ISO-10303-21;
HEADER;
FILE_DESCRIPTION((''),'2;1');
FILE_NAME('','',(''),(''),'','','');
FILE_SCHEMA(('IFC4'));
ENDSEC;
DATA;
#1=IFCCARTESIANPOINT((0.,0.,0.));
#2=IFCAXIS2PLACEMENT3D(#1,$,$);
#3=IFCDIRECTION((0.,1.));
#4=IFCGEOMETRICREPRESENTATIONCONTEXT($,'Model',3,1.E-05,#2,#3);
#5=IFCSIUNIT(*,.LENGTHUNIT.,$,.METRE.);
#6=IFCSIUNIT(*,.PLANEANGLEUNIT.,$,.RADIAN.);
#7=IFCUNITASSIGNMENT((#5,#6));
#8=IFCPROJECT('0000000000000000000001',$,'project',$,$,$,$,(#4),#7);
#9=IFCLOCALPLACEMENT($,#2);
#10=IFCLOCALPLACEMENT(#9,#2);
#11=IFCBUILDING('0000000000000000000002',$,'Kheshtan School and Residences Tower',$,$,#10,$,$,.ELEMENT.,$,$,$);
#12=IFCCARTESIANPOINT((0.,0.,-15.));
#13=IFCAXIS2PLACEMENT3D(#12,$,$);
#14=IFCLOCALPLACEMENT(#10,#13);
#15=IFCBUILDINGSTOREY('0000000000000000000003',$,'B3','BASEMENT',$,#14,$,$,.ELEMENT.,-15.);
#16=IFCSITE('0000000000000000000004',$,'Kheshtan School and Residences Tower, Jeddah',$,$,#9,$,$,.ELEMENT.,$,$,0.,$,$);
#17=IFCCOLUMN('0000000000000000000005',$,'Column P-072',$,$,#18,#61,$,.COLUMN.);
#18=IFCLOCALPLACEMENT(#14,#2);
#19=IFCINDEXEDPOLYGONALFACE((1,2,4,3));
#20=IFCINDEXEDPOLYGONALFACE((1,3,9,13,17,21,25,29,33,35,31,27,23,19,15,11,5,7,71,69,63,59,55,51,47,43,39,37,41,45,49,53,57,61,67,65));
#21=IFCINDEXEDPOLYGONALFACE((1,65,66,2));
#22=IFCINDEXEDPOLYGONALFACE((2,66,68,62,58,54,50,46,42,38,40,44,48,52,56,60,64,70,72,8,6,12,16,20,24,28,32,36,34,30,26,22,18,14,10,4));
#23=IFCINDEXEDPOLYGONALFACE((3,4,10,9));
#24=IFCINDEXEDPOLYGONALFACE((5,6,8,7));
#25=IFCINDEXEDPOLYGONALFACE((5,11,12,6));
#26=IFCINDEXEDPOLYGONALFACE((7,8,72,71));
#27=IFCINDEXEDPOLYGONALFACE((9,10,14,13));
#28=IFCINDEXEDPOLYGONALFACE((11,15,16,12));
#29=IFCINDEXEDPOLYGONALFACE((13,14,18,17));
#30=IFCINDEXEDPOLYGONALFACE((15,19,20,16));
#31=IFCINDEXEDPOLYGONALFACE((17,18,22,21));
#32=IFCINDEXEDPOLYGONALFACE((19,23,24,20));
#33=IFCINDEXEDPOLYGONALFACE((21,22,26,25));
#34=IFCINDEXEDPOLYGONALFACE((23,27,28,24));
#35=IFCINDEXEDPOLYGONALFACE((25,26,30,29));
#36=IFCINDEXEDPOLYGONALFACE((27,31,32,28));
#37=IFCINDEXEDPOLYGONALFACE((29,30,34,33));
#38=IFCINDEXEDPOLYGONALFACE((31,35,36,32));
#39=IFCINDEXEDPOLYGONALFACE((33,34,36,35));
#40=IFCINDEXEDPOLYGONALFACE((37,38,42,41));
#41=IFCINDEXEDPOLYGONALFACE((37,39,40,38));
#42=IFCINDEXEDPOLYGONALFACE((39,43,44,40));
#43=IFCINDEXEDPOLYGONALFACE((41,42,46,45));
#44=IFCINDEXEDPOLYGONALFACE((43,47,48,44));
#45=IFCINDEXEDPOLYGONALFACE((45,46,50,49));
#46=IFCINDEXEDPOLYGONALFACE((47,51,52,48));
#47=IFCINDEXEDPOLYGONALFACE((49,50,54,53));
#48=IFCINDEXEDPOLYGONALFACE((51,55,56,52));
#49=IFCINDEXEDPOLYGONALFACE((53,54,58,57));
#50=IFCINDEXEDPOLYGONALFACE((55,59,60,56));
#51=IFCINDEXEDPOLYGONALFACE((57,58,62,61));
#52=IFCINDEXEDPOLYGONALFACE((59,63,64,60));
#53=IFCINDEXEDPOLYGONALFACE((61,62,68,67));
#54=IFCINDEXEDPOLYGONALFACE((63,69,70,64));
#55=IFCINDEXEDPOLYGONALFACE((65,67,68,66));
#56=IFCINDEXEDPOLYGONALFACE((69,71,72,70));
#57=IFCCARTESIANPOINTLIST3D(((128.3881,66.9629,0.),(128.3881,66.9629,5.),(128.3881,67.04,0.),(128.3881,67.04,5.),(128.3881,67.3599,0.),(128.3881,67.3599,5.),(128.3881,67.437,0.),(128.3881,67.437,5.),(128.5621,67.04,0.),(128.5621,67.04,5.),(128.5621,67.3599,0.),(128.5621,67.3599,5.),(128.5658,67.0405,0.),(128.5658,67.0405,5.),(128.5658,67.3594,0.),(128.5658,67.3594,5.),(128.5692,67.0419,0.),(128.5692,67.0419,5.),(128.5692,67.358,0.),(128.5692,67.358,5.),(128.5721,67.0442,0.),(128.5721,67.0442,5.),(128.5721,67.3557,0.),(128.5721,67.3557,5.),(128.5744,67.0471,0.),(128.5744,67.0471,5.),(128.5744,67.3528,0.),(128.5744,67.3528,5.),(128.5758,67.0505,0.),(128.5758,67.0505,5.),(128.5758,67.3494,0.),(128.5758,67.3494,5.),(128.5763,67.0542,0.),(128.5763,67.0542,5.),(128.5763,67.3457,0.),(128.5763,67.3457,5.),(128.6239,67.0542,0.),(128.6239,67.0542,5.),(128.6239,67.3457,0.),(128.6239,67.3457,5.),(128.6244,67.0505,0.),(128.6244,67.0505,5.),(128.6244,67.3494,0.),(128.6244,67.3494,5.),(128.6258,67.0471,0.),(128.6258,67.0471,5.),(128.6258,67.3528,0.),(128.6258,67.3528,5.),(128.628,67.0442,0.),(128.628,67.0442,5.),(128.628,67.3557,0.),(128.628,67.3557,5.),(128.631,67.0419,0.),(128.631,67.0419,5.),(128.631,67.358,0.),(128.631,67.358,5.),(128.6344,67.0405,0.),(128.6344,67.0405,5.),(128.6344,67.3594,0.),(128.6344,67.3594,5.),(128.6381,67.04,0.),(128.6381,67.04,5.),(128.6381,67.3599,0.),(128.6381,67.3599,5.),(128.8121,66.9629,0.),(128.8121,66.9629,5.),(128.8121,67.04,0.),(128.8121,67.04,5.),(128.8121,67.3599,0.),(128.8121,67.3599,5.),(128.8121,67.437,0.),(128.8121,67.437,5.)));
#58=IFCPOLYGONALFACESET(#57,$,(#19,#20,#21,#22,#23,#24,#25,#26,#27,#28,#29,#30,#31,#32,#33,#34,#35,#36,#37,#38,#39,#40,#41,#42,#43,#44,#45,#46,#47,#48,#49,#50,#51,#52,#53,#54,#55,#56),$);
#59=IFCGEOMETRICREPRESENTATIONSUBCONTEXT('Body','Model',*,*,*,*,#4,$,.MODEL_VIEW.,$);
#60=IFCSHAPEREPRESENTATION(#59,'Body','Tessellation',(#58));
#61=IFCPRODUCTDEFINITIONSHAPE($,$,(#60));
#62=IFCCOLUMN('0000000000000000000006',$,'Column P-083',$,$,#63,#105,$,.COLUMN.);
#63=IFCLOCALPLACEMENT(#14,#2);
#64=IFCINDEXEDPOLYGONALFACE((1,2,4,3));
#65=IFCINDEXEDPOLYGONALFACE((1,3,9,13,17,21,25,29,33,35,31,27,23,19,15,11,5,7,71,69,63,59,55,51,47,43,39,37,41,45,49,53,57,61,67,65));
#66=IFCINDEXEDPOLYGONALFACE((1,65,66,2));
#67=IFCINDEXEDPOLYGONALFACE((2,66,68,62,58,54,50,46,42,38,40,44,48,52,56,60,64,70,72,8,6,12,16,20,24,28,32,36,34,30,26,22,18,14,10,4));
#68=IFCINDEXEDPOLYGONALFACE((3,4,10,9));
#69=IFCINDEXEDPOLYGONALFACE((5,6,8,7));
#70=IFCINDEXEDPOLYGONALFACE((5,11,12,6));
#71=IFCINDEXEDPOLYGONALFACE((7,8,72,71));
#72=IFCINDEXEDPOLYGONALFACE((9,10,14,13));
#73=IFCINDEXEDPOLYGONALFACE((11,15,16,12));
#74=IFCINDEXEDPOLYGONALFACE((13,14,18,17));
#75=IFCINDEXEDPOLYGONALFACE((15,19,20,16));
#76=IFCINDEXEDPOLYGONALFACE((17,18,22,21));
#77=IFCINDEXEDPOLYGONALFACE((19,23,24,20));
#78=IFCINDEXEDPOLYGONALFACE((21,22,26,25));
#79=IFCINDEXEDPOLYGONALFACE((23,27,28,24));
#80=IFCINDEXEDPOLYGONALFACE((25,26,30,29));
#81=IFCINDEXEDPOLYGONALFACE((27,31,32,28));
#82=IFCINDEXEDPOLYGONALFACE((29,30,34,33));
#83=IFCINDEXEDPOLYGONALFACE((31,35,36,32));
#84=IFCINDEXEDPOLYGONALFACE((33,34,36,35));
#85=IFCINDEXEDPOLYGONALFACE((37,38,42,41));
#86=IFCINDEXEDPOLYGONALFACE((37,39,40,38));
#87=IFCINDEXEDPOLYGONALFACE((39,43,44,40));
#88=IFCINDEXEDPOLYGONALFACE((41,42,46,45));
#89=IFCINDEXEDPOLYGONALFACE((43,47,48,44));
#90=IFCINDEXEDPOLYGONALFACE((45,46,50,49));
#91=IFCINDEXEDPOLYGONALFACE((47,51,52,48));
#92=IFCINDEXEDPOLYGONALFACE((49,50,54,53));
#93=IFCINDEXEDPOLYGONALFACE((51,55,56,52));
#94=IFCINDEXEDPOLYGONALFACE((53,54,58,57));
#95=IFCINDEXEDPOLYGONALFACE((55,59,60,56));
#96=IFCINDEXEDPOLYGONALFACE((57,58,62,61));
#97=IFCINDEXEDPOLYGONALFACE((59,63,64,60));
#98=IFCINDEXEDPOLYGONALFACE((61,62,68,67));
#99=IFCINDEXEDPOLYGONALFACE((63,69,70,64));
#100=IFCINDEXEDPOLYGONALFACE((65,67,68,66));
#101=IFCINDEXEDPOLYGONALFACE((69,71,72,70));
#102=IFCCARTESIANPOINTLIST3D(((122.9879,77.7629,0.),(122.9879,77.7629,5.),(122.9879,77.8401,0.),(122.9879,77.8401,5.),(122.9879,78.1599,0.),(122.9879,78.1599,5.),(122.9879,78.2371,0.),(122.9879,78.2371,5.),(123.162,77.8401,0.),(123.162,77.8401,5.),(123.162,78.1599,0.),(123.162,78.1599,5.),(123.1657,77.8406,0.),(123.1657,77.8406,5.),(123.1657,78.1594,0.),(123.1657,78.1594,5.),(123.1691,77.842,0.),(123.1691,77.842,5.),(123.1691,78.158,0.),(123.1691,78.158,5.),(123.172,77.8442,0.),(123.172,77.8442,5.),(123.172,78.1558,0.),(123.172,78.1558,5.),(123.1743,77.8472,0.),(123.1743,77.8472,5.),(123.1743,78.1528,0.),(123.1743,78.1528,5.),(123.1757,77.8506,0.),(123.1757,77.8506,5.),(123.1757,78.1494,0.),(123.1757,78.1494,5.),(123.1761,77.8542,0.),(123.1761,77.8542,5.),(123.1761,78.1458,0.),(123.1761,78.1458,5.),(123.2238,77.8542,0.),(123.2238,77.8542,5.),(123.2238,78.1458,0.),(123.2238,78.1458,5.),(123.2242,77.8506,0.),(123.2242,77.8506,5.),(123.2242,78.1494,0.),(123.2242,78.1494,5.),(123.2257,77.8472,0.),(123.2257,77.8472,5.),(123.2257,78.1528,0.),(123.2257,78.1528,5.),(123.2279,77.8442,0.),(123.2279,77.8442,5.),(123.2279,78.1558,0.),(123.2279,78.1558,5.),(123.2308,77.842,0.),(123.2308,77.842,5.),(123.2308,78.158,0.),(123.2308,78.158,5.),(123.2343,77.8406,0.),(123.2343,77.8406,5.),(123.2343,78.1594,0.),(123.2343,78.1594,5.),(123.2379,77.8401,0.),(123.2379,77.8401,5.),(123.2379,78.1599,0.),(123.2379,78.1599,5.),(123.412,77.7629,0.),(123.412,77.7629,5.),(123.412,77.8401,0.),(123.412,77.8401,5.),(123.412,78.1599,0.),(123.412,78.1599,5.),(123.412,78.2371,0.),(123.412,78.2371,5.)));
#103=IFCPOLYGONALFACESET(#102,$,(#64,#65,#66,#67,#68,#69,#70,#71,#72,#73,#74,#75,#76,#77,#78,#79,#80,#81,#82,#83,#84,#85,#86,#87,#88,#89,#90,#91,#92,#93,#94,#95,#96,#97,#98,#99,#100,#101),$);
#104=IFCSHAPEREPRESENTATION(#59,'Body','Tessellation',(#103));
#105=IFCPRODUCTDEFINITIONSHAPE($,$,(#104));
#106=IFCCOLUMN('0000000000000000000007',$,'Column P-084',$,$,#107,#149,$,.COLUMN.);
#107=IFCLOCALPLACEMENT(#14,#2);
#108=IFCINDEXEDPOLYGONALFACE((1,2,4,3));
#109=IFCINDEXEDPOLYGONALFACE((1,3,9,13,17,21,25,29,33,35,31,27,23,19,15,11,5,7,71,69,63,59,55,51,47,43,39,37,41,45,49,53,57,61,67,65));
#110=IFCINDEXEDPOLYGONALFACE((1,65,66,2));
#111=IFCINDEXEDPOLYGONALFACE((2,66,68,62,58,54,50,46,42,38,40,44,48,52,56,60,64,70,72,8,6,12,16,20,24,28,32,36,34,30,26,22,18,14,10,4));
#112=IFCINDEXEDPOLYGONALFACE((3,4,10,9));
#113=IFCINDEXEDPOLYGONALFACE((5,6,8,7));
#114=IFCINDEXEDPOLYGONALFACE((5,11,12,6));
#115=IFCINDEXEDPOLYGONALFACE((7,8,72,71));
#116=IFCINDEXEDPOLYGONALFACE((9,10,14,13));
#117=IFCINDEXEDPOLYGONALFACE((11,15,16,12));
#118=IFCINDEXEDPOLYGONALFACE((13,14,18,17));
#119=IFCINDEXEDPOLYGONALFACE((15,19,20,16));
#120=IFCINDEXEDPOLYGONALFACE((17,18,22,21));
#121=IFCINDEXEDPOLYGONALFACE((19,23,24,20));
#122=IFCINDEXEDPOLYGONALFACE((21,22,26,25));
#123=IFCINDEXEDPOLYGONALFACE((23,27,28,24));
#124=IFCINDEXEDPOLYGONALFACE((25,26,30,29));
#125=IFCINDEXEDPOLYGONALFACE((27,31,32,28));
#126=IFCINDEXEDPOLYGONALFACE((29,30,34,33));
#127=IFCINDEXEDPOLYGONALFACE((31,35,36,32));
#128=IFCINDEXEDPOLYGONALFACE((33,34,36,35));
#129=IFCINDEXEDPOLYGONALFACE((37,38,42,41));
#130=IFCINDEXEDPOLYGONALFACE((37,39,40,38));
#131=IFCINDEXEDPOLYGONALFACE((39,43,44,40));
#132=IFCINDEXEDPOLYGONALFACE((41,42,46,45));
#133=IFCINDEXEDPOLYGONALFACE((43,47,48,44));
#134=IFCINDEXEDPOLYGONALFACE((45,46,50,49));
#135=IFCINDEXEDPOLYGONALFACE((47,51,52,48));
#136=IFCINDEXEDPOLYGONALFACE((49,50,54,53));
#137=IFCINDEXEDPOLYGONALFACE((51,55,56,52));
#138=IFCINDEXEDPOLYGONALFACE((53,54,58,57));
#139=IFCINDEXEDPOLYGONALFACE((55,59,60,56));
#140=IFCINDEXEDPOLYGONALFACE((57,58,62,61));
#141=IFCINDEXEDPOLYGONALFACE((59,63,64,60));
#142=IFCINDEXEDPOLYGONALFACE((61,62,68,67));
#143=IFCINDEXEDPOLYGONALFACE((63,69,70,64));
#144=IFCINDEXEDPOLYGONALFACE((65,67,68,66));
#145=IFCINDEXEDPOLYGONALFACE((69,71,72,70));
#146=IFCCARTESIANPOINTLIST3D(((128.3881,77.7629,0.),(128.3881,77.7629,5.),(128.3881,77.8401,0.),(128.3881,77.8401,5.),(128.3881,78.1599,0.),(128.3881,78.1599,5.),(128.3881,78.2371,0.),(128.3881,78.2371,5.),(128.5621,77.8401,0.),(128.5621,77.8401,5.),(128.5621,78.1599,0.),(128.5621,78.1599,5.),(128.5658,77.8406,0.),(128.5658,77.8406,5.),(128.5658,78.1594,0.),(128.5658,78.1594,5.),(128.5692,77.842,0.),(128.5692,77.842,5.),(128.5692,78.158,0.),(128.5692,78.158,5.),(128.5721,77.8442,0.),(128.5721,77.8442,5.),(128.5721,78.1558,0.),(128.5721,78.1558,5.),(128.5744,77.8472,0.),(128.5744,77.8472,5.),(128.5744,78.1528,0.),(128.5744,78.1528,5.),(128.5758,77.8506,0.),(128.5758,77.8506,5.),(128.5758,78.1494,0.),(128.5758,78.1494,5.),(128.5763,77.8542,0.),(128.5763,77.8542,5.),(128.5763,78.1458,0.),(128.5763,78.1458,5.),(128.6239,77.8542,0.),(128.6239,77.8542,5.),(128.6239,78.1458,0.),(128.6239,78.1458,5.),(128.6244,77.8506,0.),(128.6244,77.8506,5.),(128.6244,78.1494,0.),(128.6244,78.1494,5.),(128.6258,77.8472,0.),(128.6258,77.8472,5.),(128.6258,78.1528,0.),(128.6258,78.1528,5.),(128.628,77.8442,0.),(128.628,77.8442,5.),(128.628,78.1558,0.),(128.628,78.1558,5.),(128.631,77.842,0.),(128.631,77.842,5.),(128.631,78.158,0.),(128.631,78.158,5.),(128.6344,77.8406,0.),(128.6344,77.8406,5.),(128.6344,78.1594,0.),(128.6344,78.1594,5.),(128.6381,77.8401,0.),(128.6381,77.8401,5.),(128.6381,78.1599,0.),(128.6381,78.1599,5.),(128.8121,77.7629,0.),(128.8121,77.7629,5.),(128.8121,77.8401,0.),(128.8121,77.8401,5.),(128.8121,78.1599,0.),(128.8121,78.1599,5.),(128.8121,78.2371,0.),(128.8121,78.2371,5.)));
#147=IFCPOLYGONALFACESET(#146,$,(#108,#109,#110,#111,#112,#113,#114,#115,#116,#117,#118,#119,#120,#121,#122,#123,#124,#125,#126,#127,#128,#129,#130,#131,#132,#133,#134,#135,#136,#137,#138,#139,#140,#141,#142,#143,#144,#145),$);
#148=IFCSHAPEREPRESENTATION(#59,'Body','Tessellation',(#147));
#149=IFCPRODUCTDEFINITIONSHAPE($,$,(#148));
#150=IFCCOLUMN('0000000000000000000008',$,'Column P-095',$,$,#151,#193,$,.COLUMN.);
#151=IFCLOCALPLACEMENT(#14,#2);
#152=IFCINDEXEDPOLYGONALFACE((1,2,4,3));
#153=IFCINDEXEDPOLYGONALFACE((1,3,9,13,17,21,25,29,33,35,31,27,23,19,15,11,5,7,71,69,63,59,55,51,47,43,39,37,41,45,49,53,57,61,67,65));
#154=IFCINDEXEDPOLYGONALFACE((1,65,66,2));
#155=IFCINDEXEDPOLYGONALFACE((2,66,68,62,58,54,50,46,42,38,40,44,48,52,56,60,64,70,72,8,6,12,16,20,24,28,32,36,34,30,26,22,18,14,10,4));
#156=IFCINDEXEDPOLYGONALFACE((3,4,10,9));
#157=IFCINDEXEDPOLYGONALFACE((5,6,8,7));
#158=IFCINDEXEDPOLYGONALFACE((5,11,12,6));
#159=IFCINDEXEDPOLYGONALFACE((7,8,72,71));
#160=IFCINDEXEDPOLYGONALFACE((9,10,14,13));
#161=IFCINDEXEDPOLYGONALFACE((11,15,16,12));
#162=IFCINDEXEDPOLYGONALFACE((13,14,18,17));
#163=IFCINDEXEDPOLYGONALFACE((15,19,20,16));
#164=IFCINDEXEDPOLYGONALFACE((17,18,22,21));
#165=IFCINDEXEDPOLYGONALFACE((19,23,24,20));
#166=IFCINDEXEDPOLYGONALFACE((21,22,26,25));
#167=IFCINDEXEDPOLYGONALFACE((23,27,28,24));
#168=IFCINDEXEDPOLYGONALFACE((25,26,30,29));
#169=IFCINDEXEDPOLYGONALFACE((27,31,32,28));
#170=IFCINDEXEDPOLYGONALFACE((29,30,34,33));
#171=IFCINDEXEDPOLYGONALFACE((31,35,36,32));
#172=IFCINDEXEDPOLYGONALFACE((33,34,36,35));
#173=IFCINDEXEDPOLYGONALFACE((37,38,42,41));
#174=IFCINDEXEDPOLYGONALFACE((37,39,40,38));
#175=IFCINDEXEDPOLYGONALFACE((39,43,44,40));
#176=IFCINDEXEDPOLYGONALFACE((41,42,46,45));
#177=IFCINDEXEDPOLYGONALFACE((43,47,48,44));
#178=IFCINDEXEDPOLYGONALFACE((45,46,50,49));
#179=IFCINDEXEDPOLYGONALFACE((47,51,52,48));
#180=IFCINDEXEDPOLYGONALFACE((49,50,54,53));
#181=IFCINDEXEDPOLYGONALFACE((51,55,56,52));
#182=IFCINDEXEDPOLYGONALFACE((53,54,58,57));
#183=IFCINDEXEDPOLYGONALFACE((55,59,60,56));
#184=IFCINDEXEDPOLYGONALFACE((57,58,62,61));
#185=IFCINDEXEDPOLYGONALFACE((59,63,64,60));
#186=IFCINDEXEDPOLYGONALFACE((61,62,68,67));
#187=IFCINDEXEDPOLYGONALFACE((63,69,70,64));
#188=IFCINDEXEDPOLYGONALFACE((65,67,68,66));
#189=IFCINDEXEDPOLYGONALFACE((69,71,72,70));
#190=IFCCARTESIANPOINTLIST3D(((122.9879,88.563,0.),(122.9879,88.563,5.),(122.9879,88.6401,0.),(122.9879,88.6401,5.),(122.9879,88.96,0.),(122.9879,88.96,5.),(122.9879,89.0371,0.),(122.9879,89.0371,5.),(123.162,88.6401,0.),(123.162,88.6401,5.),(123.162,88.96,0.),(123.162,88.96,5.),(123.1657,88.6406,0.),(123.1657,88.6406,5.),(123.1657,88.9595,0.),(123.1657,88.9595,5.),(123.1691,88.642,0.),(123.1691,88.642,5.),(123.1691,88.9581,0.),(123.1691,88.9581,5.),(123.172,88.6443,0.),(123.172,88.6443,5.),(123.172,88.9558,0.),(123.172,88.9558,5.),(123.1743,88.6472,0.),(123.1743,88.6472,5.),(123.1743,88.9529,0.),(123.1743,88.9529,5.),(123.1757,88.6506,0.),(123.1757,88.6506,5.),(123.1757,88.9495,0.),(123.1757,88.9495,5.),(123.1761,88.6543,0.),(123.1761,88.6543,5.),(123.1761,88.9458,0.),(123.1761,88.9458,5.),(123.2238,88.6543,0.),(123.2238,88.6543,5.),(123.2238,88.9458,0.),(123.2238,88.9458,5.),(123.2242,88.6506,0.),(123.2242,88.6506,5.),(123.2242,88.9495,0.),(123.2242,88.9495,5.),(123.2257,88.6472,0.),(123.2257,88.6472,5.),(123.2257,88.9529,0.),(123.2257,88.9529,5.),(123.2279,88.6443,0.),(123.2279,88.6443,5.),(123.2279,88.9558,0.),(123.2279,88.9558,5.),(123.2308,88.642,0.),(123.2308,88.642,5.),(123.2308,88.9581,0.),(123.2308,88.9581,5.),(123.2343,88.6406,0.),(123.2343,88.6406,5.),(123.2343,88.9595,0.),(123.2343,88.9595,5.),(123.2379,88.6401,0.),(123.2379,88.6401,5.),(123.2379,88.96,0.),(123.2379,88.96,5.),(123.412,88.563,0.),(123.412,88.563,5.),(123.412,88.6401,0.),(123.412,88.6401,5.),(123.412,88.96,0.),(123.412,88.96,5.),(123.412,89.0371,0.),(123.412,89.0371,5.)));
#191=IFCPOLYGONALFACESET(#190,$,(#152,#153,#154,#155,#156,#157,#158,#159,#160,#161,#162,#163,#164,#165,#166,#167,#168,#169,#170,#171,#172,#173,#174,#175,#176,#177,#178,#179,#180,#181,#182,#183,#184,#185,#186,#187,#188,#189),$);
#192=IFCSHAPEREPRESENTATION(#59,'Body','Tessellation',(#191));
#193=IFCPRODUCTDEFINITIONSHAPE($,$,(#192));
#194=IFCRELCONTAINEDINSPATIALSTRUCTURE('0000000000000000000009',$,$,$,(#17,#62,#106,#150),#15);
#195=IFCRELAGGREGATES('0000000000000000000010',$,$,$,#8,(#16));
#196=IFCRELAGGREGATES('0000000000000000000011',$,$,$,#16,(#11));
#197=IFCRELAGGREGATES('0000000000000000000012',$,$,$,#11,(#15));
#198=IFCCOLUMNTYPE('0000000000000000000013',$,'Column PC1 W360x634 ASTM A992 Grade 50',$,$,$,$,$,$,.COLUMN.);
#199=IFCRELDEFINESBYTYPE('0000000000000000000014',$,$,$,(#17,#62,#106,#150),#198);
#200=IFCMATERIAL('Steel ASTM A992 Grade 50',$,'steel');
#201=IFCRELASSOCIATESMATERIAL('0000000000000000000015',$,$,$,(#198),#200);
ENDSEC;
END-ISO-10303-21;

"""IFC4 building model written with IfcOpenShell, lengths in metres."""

from ifc_helpers import new_model, si_unit, direction, frame, origin, origin_2d, place, context, subcontext, project, spatial, i_section, extrude, material, material_profile, profile_set, type_object, element, save


model = new_model("IFC4")

# Units and contexts
model_context = context("Model", 3, precision=1e-05, world=origin(), true_north=direction((0.0, 1.0)))
body_context = subcontext(model_context, "Body", "Model", "MODEL_VIEW")
ifc_project = project(units=[si_unit("LENGTHUNIT", "METRE"), si_unit("PLANEANGLEUNIT", "RADIAN")], contexts=[model_context])

# Site, building, storey
site_placement = place(None, origin())
site = spatial("IfcSite", under=ifc_project, at=site_placement, Name="Kheshtan School and Residences Tower, Jeddah", CompositionType="ELEMENT", RefElevation=0.0)
building_placement = place(site_placement, origin())
building = spatial("IfcBuilding", under=site, at=building_placement, Name="Kheshtan School and Residences Tower", CompositionType="ELEMENT")
storey_placement = place(building_placement, frame((0.0, 0.0, -15.0)))
storey = spatial("IfcBuildingStorey", under=building, at=storey_placement, Name="B3", Description="BASEMENT", CompositionType="ELEMENT", Elevation=-15.0)

# Columns
ifc_material_1 = material(Name="Steel ASTM A992 Grade 50", Category="steel")
ifc_material_profile_1 = material_profile(ifc_material_1, i_section(OverallWidth=0.4241, OverallDepth=0.4741, WebThickness=0.0476, FlangeThickness=0.0771, FilletRadius=0.0142, at=origin_2d()), Name="W360x634")
ifc_profile_set_1 = profile_set([ifc_material_profile_1], Name="Steel ASTM A992 Grade 50")
column_type = type_object("IfcColumnType", Name="Column PC1 W360x634 ASTM A992 Grade 50", PredefinedType="COLUMN", material=ifc_profile_set_1)
for number, where, z_axis, x_axis, name in (
    (1, (128.6001, 67.2, 0.0), (0.0, 0.0, 1.0), (1.0, 0.0, 0.0), "Column P-072"),
    (2, (123.2, 78.0, 0.0), (0.0, 0.0, 1.0), (1.0, 0.0, 0.0), "Column P-083"),
    (3, (128.6001, 78.0, 0.0), (0.0, 0.0, 1.0), (1.0, 0.0, 0.0), "Column P-084"),
    (4, (123.2, 88.8, 0.0), (0.0, 0.0, 1.0), (1.0, 0.0, 0.0), "Column P-095"),
):
    element("IfcColumn", number, at=place(storey_placement, frame(where, z_axis=z_axis, x_axis=x_axis)), inside=storey, type_object=column_type, Name=name, PredefinedType="COLUMN", context=body_context, shape_type="SweptSolid", body=[
        extrude(i_section(OverallWidth=0.4241, OverallDepth=0.4741, WebThickness=0.0476, FlangeThickness=0.0771, FilletRadius=0.0142, at=origin_2d()), origin(), (0.0, 0.0, 1.0), 5.0),
    ])

save(model, "model.ifc")
